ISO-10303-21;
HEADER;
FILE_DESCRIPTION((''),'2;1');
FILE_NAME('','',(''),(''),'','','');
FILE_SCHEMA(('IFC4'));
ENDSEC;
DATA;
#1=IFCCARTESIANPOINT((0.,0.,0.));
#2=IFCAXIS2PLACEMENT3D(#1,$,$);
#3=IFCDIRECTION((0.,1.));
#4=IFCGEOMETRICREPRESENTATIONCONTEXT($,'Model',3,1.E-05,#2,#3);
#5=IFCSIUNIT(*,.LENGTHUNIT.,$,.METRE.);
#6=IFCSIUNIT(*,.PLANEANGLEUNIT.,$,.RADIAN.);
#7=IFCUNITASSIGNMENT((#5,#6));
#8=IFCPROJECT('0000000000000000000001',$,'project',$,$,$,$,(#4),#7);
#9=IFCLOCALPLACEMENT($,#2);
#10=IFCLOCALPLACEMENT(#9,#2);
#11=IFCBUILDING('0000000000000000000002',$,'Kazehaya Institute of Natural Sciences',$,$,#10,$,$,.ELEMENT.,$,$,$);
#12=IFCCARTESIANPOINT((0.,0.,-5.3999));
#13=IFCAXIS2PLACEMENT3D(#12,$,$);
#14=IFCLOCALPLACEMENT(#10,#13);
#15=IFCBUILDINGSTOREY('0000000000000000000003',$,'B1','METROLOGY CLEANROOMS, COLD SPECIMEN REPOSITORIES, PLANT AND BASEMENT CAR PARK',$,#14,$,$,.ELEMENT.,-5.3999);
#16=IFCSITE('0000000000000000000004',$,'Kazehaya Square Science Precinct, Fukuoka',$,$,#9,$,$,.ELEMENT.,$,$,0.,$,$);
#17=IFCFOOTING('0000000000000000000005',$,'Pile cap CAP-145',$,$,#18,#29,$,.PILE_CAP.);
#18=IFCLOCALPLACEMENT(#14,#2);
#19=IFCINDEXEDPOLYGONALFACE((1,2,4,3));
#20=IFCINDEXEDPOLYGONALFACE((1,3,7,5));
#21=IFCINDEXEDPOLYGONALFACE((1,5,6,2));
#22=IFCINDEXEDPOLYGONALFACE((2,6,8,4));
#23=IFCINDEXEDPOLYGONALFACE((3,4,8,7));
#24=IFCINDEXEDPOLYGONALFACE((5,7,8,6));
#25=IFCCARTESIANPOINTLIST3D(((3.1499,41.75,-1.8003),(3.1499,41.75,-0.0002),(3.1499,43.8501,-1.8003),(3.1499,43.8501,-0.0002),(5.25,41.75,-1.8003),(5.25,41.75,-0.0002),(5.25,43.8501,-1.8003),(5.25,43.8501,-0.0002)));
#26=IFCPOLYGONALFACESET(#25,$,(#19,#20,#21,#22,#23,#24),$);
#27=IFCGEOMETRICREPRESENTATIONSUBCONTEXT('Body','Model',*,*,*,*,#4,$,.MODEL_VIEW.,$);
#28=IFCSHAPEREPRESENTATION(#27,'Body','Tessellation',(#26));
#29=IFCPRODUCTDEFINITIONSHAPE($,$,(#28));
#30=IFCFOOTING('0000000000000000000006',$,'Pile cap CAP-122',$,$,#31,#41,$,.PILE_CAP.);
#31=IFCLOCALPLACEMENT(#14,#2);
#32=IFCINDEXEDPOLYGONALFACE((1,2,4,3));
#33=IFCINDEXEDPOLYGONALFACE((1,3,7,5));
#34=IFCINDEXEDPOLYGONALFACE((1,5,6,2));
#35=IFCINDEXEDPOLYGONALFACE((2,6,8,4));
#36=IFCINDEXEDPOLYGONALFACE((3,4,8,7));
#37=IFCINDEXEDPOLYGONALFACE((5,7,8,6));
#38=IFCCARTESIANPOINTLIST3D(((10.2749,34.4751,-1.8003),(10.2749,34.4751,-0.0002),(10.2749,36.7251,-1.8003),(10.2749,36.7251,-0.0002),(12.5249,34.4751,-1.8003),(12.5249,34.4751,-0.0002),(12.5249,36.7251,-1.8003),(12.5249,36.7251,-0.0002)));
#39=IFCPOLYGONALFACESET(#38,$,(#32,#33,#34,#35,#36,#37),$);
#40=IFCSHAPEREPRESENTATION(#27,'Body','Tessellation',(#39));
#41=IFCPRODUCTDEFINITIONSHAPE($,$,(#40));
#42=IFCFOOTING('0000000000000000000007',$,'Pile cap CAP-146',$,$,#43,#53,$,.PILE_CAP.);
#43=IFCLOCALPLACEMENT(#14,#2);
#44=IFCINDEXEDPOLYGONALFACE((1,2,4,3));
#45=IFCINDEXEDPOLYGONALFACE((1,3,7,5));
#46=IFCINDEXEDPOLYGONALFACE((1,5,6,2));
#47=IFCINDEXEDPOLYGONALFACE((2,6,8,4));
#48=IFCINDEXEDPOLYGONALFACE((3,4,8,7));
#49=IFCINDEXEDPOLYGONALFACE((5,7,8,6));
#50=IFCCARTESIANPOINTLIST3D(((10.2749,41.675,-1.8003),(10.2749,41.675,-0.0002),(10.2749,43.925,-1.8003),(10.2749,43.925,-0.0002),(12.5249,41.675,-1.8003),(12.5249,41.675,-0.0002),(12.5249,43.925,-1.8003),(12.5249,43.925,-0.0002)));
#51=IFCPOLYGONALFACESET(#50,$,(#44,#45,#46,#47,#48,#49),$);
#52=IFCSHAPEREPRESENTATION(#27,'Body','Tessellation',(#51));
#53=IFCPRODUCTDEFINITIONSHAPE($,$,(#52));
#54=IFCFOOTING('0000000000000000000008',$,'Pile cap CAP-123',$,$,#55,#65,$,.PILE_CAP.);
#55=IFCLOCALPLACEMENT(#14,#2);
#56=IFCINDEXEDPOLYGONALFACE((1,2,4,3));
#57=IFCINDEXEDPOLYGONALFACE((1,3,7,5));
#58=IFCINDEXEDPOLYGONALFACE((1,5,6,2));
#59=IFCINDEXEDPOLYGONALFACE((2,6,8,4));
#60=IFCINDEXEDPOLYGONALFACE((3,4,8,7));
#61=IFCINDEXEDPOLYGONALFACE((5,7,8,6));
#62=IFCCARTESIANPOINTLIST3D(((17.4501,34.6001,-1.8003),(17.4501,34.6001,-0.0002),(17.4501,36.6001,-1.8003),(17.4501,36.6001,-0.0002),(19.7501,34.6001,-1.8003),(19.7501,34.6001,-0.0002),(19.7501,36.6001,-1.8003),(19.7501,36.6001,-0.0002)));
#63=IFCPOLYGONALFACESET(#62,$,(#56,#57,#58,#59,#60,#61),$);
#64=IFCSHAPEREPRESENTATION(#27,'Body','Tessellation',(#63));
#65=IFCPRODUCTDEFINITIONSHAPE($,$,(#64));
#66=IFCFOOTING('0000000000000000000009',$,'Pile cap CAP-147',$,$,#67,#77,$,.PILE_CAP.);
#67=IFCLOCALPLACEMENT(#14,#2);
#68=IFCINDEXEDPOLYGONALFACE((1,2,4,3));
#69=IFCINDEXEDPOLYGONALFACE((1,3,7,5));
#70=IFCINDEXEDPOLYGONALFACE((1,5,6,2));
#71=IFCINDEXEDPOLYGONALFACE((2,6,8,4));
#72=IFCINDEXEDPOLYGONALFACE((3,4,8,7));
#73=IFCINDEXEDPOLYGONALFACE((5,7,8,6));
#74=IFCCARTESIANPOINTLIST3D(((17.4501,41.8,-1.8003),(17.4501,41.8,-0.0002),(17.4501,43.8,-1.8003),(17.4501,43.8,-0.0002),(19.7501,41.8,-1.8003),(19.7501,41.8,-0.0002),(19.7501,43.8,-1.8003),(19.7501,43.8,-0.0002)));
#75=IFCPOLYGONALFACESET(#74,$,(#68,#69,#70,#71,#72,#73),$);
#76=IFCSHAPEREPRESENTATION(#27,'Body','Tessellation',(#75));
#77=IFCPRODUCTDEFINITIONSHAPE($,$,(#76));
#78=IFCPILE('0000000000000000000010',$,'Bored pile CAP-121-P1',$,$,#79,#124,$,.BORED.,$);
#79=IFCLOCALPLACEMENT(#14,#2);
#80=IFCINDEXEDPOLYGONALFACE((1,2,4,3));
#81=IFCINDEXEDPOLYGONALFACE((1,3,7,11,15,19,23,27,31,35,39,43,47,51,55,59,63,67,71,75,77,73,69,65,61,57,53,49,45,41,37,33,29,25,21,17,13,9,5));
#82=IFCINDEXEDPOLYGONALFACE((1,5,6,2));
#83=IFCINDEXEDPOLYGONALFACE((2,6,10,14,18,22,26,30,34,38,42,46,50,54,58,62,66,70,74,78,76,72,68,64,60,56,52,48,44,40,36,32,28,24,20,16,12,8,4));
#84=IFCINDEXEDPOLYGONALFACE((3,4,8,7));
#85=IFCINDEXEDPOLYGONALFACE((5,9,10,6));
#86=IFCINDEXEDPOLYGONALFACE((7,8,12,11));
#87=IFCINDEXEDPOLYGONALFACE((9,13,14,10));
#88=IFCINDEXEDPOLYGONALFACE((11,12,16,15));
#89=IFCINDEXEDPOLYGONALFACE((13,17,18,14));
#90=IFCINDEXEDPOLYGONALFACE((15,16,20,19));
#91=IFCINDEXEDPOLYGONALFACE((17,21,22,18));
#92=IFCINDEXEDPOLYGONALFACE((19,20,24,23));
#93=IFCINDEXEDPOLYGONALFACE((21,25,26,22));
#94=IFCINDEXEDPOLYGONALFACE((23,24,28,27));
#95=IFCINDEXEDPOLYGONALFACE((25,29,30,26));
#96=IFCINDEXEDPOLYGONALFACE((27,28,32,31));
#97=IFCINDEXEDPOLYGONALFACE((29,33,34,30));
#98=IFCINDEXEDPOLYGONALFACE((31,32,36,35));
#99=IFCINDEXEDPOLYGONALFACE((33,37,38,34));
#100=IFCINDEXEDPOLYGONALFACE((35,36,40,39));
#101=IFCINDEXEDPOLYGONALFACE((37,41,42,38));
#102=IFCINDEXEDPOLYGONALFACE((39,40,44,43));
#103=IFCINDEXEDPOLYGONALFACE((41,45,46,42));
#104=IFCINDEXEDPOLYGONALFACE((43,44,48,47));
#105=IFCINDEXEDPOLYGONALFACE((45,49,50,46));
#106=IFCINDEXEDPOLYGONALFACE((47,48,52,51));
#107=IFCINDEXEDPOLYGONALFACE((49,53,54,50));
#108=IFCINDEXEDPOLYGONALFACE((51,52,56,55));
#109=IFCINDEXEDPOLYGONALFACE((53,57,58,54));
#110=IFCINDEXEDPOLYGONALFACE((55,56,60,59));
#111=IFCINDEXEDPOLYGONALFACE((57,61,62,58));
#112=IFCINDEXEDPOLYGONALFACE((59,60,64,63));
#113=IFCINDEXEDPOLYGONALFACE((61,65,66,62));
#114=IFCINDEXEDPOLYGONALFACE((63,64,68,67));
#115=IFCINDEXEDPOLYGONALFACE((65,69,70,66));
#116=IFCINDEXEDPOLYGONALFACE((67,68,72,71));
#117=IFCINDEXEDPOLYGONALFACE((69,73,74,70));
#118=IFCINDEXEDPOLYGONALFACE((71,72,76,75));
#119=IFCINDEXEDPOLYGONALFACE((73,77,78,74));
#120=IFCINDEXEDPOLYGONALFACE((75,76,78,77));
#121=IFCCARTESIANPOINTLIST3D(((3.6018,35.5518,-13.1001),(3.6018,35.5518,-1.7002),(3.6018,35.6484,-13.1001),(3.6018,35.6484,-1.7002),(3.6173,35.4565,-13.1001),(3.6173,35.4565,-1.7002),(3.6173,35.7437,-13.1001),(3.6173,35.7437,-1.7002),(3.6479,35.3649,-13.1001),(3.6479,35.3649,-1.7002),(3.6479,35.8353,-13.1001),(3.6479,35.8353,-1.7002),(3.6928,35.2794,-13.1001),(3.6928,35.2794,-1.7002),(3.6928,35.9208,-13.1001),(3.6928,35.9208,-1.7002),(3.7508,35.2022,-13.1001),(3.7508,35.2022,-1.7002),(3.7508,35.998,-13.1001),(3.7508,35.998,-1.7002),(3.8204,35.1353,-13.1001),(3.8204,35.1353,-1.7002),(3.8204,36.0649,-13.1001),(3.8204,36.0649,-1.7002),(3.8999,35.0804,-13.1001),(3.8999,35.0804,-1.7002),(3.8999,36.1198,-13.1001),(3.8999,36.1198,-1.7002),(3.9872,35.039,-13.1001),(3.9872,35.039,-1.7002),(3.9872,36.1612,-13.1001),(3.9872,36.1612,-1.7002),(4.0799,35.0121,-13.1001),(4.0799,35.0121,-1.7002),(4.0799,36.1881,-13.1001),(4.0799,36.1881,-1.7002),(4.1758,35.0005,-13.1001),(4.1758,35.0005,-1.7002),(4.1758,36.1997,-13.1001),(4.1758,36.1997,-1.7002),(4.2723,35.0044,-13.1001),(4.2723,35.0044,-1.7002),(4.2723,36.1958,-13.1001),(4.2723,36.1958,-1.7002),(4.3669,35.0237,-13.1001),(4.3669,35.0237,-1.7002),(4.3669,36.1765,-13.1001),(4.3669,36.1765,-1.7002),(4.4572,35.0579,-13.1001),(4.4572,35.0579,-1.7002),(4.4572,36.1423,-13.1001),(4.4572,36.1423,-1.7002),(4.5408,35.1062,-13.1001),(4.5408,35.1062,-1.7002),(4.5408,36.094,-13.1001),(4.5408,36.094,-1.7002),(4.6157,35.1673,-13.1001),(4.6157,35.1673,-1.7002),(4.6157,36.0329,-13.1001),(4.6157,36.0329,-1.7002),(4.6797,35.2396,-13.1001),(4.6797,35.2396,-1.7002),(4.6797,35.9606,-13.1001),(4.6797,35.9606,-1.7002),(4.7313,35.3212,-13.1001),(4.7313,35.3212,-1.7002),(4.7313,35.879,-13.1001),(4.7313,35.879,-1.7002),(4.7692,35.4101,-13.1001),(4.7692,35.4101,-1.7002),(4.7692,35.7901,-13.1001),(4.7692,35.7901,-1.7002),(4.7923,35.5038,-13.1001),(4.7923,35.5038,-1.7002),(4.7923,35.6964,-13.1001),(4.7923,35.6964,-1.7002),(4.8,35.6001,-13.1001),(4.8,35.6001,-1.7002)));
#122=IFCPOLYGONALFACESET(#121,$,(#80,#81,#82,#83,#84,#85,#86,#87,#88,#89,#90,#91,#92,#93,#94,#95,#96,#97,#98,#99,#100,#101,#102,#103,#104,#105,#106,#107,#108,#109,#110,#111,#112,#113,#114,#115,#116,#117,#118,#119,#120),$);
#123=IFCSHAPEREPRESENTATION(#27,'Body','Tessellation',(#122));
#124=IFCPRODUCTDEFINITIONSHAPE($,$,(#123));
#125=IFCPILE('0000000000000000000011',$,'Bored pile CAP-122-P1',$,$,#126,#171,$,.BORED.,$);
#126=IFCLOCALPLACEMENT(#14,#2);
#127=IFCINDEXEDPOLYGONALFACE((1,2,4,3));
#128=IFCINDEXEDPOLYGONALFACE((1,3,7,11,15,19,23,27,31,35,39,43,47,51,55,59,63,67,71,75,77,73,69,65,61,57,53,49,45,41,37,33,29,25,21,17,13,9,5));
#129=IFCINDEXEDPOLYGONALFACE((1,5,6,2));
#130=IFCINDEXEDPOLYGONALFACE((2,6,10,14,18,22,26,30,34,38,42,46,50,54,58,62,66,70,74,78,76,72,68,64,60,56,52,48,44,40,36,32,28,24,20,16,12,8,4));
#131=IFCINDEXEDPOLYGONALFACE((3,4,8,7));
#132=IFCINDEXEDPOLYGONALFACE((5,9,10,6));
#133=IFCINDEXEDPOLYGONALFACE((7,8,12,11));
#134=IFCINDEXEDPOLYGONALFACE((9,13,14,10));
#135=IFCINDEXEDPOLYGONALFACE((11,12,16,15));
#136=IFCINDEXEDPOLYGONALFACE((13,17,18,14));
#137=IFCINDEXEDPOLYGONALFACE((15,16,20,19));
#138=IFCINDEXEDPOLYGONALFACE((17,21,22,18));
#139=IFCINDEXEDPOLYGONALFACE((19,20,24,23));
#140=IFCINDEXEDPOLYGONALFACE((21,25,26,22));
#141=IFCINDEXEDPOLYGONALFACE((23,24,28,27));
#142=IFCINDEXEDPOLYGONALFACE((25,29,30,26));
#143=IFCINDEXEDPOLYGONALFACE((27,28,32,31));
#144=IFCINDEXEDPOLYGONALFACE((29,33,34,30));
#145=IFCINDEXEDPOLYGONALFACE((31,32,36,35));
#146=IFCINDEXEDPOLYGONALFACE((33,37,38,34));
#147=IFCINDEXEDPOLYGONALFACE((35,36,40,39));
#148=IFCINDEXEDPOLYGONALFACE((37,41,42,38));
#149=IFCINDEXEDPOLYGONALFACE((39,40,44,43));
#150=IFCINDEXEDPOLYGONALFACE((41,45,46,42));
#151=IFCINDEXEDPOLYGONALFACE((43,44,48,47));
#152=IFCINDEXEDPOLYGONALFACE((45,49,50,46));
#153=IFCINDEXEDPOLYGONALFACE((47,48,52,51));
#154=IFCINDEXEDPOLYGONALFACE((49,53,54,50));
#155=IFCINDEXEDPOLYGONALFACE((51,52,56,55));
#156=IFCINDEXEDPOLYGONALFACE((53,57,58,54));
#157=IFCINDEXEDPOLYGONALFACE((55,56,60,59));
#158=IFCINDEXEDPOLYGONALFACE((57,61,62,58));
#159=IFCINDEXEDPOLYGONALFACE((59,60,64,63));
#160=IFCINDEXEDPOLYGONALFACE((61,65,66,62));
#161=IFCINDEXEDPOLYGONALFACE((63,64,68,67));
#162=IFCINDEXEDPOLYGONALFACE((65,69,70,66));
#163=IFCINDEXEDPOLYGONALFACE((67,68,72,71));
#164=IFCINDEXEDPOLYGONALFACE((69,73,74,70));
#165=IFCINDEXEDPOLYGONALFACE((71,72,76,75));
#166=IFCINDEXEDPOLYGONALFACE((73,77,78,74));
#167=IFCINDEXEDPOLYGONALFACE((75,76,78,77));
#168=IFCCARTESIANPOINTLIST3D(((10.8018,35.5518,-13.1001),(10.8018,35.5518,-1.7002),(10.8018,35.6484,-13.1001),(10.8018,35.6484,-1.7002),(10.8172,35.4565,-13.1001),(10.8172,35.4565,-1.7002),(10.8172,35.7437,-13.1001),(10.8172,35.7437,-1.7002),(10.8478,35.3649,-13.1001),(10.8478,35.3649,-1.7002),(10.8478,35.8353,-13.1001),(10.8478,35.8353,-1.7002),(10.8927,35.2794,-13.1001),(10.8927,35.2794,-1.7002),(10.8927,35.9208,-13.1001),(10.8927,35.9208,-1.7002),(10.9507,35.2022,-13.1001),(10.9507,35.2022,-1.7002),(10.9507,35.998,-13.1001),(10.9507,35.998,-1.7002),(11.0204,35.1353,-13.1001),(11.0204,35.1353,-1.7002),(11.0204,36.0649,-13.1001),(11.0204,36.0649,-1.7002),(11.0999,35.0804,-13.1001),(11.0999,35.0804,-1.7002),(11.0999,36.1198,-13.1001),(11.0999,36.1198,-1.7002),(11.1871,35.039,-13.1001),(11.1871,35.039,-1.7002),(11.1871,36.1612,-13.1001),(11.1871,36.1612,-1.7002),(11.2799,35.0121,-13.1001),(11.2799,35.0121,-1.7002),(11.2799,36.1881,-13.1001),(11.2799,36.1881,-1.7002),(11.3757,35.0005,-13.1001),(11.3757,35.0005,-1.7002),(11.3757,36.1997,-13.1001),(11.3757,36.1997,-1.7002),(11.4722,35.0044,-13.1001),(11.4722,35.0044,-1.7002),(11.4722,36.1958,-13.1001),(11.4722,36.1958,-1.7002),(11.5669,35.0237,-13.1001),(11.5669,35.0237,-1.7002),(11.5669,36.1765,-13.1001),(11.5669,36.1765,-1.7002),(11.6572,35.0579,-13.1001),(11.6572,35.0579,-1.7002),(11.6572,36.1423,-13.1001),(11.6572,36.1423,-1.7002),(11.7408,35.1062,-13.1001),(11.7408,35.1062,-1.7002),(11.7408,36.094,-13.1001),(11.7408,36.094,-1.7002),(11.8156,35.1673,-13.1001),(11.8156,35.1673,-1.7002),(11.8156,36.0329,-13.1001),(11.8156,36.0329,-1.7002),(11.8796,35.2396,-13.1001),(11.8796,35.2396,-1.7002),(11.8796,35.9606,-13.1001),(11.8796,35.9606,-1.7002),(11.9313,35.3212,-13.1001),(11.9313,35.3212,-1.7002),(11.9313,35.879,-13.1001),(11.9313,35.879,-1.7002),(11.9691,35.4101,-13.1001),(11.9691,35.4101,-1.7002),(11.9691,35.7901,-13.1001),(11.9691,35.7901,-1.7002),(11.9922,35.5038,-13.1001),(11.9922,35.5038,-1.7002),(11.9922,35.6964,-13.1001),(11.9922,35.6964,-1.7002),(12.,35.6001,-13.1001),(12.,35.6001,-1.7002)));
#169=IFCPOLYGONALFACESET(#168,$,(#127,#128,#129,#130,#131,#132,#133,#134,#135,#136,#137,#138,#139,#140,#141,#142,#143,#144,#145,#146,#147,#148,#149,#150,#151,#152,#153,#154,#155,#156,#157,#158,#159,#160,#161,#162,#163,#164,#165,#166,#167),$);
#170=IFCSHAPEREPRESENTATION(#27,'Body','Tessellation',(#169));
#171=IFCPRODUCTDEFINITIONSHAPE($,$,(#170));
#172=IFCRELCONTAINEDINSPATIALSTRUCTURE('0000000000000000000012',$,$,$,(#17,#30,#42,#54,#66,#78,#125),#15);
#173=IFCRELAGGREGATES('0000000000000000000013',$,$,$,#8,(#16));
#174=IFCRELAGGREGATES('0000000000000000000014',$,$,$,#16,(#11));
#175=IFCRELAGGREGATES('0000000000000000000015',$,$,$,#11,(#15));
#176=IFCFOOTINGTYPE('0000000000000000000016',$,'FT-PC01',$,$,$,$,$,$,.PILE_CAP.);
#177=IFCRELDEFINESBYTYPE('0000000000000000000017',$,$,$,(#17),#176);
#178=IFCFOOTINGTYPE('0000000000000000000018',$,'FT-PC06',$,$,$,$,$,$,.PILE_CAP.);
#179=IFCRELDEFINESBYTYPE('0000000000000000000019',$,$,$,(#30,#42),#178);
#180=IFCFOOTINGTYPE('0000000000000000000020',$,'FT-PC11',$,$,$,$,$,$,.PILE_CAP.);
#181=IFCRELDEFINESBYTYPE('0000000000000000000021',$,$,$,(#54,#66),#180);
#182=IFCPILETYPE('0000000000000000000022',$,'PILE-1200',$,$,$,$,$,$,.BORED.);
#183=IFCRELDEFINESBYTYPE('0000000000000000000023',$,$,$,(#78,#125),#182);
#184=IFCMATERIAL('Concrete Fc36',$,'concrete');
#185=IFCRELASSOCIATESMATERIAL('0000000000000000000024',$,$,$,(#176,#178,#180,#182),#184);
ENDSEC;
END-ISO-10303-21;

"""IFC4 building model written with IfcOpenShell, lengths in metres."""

from ifc_helpers import new_model, si_unit, direction, frame, origin, origin_2d, place, context, subcontext, project, spatial, rectangle, circle, extrude, material, material_profile, profile_set, type_object, element, save


model = new_model("IFC4")

# Units and contexts
model_context = context("Model", 3, precision=1e-05, world=origin(), true_north=direction((0.0, 1.0)))
body_context = subcontext(model_context, "Body", "Model", "MODEL_VIEW")
ifc_project = project(units=[si_unit("LENGTHUNIT", "METRE"), si_unit("PLANEANGLEUNIT", "RADIAN")], contexts=[model_context])

# Site, building, storey
site_placement = place(None, origin())
site = spatial("IfcSite", under=ifc_project, at=site_placement, Name="Kazehaya Square Science Precinct, Fukuoka", CompositionType="ELEMENT", RefElevation=0.0)
building_placement = place(site_placement, origin())
building = spatial("IfcBuilding", under=site, at=building_placement, Name="Kazehaya Institute of Natural Sciences", CompositionType="ELEMENT")
storey_placement = place(building_placement, frame((0.0, 0.0, -5.3999)))
storey = spatial("IfcBuildingStorey", under=building, at=storey_placement, Name="B1", Description="METROLOGY CLEANROOMS, COLD SPECIMEN REPOSITORIES, PLANT AND BASEMENT CAR PARK", CompositionType="ELEMENT", Elevation=-5.3999)

# Footings
ifc_material_1 = material(Name="Concrete Fc36", Category="concrete")
footing_type_1 = type_object("IfcFootingType", Name="FT-PC01", PredefinedType="PILE_CAP", material=ifc_material_1)
footing_placement = place(storey_placement, frame((4.2, 42.8, -1.8003), z_axis=(0.0, 0.0, 1.0), x_axis=(1.0, 0.0, 0.0)))
element("IfcFooting", 1, at=footing_placement, inside=storey, type_object=footing_type_1, Name="Pile cap CAP-145", PredefinedType="PILE_CAP", context=body_context, shape_type="SweptSolid", body=[
    extrude(rectangle(XDim=2.1001, YDim=2.1001, at=origin_2d()), origin(), (0.0, 0.0, 1.0), 1.8),
])
footing_type_2 = type_object("IfcFootingType", Name="FT-PC06", PredefinedType="PILE_CAP", material=ifc_material_1)
for number, where, z_axis, x_axis, name in (
    (2, (11.3999, 35.6001, -1.8003), (0.0, 0.0, 1.0), (1.0, 0.0, 0.0), "Pile cap CAP-122"),
    (3, (11.3999, 42.8, -1.8003), (0.0, 0.0, 1.0), (1.0, 0.0, 0.0), "Pile cap CAP-146"),
):
    element("IfcFooting", number, at=place(storey_placement, frame(where, z_axis=z_axis, x_axis=x_axis)), inside=storey, type_object=footing_type_2, Name=name, PredefinedType="PILE_CAP", context=body_context, shape_type="SweptSolid", body=[
        extrude(rectangle(XDim=2.25, YDim=2.25, at=origin_2d()), origin(), (0.0, 0.0, 1.0), 1.8),
    ])
footing_type_3 = type_object("IfcFootingType", Name="FT-PC11", PredefinedType="PILE_CAP", material=ifc_material_1)
for number, where, z_axis, x_axis, name in (
    (4, (18.6001, 35.6001, -1.8003), (0.0, 0.0, 1.0), (1.0, 0.0, 0.0), "Pile cap CAP-123"),
    (5, (18.6001, 42.8, -1.8003), (0.0, 0.0, 1.0), (1.0, 0.0, 0.0), "Pile cap CAP-147"),
):
    element("IfcFooting", number, at=place(storey_placement, frame(where, z_axis=z_axis, x_axis=x_axis)), inside=storey, type_object=footing_type_3, Name=name, PredefinedType="PILE_CAP", context=body_context, shape_type="SweptSolid", body=[
        extrude(rectangle(XDim=2.3, YDim=2.0, at=origin_2d()), origin(), (0.0, 0.0, 1.0), 1.8),
    ])

# Piles
ifc_material_profile_1 = material_profile(ifc_material_1, circle(Radius=0.6001, at=origin_2d()), Name="PILE-1200")
ifc_profile_set_1 = profile_set([ifc_material_profile_1], Name="Concrete Fc36")
pile_type = type_object("IfcPileType", Name="PILE-1200", PredefinedType="BORED", material=ifc_profile_set_1)
for number, where, z_axis, x_axis, name in (
    (6, (4.2, 35.6001, -1.7002), (0.0, 0.0, -1.0), (1.0, 0.0, 0.0), "Bored pile CAP-121-P1"),
    (7, (11.3999, 35.6001, -1.7002), (0.0, 0.0, -1.0), (1.0, 0.0, 0.0), "Bored pile CAP-122-P1"),
):
    element("IfcPile", number, at=place(storey_placement, frame(where, z_axis=z_axis, x_axis=x_axis)), inside=storey, type_object=pile_type, Name=name, PredefinedType="BORED", context=body_context, shape_type="SweptSolid", body=[
        extrude(circle(Radius=0.6001, at=origin_2d()), origin(), (0.0, 0.0, 1.0), 11.3999),
    ])

save(model, "model.ifc")
